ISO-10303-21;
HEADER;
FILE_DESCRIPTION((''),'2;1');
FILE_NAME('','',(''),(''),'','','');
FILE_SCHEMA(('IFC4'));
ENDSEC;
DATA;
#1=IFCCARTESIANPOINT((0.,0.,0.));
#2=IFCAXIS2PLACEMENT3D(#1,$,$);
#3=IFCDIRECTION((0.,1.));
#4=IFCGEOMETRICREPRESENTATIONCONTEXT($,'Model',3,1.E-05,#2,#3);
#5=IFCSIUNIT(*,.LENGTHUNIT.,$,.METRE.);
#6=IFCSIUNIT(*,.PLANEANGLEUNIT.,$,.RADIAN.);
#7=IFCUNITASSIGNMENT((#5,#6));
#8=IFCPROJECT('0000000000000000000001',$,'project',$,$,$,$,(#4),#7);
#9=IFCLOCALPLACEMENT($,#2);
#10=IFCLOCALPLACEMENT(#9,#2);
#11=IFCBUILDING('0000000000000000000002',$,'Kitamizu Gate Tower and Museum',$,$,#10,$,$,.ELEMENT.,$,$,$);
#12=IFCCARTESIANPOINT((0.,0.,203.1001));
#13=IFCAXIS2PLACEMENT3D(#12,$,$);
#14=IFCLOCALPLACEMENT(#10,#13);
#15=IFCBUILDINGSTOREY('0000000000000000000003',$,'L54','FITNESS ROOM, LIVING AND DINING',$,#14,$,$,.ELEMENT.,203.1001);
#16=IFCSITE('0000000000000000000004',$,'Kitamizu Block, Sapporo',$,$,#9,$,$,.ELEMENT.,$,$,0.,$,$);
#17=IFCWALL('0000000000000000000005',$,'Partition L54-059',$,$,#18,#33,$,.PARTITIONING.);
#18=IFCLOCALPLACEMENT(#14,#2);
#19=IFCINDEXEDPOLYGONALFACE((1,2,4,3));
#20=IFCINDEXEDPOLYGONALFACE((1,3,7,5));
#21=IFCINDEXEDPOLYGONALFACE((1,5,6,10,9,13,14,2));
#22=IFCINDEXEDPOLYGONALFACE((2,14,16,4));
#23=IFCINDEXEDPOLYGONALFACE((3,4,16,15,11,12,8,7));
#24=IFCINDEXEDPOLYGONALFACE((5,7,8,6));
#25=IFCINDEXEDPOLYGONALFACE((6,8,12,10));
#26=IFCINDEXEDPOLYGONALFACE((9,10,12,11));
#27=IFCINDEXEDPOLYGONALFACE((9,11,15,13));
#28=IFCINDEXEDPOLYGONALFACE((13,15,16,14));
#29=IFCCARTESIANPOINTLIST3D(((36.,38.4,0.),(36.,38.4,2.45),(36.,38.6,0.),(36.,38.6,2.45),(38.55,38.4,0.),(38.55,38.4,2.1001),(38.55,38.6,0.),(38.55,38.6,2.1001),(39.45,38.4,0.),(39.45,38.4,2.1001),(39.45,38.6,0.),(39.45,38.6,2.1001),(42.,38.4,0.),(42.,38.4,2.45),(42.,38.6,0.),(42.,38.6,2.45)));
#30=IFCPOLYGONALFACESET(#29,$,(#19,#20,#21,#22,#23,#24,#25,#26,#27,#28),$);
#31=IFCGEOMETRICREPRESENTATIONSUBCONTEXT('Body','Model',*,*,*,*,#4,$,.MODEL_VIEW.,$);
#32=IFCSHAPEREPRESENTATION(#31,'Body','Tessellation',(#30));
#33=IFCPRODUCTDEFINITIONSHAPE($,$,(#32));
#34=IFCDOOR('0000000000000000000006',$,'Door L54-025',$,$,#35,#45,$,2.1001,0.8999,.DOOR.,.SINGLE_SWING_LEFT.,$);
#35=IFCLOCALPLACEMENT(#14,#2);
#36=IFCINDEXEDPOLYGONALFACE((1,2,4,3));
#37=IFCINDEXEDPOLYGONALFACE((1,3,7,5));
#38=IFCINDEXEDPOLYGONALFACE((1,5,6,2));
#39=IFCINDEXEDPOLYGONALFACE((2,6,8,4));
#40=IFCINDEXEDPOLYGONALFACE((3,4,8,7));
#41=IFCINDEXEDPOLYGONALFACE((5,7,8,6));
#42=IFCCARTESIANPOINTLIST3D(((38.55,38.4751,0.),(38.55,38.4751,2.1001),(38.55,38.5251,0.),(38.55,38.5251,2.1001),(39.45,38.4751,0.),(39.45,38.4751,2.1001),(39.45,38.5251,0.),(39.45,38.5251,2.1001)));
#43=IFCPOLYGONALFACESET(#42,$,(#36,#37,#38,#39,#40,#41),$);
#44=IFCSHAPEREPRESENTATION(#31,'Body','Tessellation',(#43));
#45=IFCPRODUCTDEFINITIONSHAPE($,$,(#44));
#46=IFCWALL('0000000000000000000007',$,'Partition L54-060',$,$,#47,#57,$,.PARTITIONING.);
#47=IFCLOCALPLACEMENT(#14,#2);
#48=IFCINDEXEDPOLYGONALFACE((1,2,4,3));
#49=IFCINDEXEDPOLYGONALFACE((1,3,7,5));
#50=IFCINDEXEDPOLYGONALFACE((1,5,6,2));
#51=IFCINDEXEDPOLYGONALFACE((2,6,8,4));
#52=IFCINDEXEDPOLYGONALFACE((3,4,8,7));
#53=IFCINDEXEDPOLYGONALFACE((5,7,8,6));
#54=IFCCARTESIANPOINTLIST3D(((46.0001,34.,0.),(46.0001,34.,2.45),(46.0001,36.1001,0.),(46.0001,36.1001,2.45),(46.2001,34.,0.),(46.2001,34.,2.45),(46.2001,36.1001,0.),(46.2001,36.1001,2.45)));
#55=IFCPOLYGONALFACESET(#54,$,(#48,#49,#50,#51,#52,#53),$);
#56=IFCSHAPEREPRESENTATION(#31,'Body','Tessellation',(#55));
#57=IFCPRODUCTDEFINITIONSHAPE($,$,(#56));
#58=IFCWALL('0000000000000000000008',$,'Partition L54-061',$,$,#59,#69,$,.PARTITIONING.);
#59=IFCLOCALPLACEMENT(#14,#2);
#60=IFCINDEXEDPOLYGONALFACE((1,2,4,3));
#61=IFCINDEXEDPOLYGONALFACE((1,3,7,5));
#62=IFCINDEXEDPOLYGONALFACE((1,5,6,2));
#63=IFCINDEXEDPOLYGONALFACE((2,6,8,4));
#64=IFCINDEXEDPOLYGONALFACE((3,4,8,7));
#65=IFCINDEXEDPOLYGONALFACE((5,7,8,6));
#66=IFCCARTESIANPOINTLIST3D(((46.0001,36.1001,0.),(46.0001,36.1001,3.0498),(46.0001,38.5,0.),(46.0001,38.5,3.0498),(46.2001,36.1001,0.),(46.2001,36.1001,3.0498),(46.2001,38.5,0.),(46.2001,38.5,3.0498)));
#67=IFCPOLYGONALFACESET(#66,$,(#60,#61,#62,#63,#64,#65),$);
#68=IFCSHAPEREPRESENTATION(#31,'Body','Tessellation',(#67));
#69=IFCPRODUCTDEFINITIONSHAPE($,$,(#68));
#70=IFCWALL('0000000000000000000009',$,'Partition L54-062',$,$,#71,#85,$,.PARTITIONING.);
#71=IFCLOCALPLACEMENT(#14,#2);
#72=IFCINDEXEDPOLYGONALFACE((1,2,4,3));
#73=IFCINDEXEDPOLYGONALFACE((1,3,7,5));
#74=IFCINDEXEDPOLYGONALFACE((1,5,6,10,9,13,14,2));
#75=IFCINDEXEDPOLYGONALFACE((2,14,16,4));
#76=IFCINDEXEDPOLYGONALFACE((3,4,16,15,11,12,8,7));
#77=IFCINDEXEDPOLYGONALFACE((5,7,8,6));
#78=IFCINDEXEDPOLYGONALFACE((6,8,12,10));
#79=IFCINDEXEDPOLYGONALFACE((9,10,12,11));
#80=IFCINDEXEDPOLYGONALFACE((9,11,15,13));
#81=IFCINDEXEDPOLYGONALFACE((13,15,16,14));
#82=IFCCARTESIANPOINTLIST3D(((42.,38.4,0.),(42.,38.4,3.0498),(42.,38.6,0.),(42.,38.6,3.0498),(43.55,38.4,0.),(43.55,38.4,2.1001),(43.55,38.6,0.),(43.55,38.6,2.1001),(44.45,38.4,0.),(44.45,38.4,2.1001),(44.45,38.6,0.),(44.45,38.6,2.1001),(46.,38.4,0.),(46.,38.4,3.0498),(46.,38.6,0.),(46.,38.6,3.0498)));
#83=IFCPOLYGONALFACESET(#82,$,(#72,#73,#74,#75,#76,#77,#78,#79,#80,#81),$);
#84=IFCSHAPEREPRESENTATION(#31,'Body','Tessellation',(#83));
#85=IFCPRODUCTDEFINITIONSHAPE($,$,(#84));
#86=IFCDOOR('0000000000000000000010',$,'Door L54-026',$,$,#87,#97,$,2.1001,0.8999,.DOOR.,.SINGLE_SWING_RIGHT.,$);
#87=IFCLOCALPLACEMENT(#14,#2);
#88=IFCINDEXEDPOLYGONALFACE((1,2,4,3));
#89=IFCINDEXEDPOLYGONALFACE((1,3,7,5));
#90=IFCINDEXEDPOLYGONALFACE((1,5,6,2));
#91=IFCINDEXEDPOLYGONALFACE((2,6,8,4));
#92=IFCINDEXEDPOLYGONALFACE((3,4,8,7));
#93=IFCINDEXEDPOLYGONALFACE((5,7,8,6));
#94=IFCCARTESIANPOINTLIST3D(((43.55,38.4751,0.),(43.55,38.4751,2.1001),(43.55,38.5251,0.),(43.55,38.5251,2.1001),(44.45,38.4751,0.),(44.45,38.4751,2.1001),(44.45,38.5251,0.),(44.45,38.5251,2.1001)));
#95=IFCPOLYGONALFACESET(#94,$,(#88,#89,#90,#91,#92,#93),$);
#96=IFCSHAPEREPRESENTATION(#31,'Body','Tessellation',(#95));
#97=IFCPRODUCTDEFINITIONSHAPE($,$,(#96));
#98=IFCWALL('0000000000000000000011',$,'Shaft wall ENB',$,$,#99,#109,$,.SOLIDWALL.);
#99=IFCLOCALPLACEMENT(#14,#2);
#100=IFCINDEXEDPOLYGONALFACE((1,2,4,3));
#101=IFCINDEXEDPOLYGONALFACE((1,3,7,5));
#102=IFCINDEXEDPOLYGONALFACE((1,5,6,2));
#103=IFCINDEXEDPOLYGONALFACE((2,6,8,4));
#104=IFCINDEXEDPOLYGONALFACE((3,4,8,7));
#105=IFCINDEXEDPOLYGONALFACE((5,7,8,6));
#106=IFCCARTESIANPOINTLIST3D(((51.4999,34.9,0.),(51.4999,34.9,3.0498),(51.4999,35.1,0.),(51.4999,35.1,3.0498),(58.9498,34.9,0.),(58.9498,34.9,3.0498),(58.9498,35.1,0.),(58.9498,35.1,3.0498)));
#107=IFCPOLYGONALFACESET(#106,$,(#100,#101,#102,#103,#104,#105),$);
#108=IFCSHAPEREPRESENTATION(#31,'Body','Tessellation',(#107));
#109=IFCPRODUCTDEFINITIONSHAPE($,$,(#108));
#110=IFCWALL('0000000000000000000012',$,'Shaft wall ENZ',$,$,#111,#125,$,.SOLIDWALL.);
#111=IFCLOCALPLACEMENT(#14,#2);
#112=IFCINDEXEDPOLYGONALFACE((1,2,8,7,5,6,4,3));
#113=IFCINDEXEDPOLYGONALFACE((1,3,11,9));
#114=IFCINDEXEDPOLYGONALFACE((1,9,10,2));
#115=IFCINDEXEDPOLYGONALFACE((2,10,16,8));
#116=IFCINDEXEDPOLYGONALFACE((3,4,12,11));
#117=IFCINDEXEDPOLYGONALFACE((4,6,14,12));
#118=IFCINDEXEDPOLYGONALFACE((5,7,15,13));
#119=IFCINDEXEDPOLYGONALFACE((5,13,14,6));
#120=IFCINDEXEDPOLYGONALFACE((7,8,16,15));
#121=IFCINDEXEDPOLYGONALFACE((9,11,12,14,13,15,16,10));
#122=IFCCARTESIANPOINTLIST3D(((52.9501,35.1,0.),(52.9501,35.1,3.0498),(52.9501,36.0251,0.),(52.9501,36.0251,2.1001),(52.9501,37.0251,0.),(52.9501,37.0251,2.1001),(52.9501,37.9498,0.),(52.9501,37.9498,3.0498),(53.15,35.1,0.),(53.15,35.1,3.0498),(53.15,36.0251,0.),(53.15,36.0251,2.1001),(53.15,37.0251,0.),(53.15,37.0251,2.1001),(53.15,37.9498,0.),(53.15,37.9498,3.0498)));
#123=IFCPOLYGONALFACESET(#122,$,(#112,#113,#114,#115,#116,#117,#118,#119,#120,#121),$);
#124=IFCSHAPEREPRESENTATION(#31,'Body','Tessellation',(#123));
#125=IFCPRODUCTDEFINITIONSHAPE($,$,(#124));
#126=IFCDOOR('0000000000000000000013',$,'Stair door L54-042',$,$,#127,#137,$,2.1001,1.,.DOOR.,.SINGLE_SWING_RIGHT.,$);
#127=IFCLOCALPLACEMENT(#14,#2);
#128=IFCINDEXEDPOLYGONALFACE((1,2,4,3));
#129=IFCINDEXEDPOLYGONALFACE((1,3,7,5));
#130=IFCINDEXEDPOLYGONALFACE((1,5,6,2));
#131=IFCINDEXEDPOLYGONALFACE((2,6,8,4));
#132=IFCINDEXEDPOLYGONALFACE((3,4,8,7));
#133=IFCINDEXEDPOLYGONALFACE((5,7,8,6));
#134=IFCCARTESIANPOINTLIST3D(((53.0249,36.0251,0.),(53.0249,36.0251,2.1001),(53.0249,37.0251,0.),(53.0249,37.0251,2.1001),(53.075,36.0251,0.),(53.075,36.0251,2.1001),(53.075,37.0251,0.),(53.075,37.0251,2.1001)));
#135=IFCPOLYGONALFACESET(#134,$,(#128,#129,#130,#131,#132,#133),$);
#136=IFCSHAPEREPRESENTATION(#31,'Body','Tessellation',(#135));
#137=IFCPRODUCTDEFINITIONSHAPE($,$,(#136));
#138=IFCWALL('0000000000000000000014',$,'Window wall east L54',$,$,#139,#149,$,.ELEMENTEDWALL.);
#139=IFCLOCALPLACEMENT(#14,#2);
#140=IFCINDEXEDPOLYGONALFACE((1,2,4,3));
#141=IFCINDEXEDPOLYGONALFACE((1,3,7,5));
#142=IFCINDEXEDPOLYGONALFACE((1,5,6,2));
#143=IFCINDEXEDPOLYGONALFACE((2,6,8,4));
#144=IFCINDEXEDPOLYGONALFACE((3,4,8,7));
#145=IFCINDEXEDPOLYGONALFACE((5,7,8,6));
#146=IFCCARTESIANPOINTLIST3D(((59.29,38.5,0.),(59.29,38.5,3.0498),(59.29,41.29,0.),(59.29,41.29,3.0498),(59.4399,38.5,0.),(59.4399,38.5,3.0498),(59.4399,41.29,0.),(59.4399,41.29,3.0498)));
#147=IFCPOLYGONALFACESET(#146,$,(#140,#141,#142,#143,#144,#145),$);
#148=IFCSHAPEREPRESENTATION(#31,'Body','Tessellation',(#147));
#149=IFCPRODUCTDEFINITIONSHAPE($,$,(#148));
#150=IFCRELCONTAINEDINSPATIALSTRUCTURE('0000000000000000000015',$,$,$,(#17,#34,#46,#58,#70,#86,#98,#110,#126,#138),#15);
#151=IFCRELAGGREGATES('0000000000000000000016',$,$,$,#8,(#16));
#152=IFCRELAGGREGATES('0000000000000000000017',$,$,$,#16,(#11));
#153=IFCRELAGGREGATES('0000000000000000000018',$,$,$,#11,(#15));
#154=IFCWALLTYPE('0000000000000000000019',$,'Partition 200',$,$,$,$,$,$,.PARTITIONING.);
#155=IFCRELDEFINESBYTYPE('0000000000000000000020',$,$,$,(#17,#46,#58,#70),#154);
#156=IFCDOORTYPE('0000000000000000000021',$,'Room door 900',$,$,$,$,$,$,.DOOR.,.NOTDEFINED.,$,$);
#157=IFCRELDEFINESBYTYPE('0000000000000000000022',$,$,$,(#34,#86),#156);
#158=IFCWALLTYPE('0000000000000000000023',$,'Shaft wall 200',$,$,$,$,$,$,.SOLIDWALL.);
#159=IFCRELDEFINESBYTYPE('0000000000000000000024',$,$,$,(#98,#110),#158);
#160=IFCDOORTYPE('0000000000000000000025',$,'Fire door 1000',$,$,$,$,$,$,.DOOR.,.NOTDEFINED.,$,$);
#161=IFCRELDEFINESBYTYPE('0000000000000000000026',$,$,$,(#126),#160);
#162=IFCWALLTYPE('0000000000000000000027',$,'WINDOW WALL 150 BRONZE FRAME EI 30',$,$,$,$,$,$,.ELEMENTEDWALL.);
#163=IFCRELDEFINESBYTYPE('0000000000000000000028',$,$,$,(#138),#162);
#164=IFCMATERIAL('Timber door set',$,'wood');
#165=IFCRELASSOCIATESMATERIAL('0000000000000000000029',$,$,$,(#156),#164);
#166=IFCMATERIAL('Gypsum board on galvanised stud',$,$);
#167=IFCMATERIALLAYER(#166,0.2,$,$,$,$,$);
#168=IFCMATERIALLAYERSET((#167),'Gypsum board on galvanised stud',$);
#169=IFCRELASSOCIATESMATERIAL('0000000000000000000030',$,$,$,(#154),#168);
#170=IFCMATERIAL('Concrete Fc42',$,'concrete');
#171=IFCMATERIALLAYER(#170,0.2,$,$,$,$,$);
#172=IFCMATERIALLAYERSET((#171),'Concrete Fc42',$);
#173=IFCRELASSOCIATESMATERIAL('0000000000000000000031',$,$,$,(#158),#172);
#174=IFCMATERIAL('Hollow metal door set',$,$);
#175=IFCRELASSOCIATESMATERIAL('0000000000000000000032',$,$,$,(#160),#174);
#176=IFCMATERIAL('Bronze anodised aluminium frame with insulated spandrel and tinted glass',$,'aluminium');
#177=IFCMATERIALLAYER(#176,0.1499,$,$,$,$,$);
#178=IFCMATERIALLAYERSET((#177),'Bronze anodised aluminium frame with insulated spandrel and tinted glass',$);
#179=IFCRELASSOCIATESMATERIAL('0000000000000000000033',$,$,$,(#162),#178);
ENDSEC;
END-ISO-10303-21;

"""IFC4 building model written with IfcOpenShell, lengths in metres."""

from ifc_helpers import new_model, si_unit, direction, frame, frame_2d, origin, place, context, subcontext, project, spatial, rectangle, extrude, material, layer, layer_set, type_object, element, fill, save


model = new_model("IFC4")

# Units and contexts
model_context = context("Model", 3, precision=1e-05, world=origin(), true_north=direction((0.0, 1.0)))
body_context = subcontext(model_context, "Body", "Model", "MODEL_VIEW")
ifc_project = project(units=[si_unit("LENGTHUNIT", "METRE"), si_unit("PLANEANGLEUNIT", "RADIAN")], contexts=[model_context])

# Site, building, storey
site_placement = place(None, origin())
site = spatial("IfcSite", under=ifc_project, at=site_placement, Name="Kitamizu Block, Sapporo", CompositionType="ELEMENT", RefElevation=0.0)
building_placement = place(site_placement, origin())
building = spatial("IfcBuilding", under=site, at=building_placement, Name="Kitamizu Gate Tower and Museum", CompositionType="ELEMENT")
storey_placement = place(building_placement, frame((0.0, 0.0, 203.1001)))
storey = spatial("IfcBuildingStorey", under=building, at=storey_placement, Name="L54", Description="FITNESS ROOM, LIVING AND DINING", CompositionType="ELEMENT", Elevation=203.1001)

# Shared definitions
ifc_material_1 = material(Name="Timber door set", Category="wood")
door_type_1 = type_object("IfcDoorType", Name="Room door 900", OperationType="NOTDEFINED", PredefinedType="DOOR", material=ifc_material_1)

# Shared definitions
ifc_material_2 = material(Name="Gypsum board on galvanised stud")
ifc_layer_1 = layer(ifc_material_2, 0.2)
ifc_layer_set_1 = layer_set([ifc_layer_1], Name="Gypsum board on galvanised stud")
wall_type_1 = type_object("IfcWallType", Name="Partition 200", PredefinedType="PARTITIONING", material=ifc_layer_set_1)

# Wall, opening, door
wall_1_placement = place(storey_placement, frame((42.0, 38.5, 0.0), z_axis=(0.0, 0.0, 1.0), x_axis=(-1.0, 0.0, 0.0)))
wall_1 = element("IfcWall", 1, at=wall_1_placement, inside=storey, type_object=wall_type_1, Name="Partition L54-059", PredefinedType="PARTITIONING", context=body_context, shape_type="SweptSolid", body=[
    extrude(rectangle(XDim=6.0, YDim=0.2, at=frame_2d((3.0, 0.0))), origin(), (0.0, 0.0, 1.0), 2.45),
])
opening_1_placement = place(wall_1_placement, frame((2.55, 0.0, 0.0)))
opening_1 = element("IfcOpeningElement", 2, at=opening_1_placement, cuts=wall_1, PredefinedType="OPENING", context=body_context, shape_type="SweptSolid", body=[
    extrude(rectangle(XDim=0.8999, YDim=2.1001, at=frame_2d((0.45, 1.05))), frame((0.0, 0.1099, 0.0), z_axis=(0.0, -1.0, 0.0), x_axis=(1.0, 0.0, 0.0)), (0.0, 0.0, 1.0), 0.22),
])
door_1_placement = place(opening_1_placement, origin())
door_1 = element("IfcDoor", 3, at=door_1_placement, inside=storey, type_object=door_type_1, Name="Door L54-025", OperationType="SINGLE_SWING_LEFT", OverallHeight=2.1001, OverallWidth=0.8999, PredefinedType="DOOR", context=body_context, shape_type="SweptSolid", body=[
    extrude(rectangle(XDim=0.8999, YDim=2.1001, at=frame_2d((0.45, 1.05))), frame((0.0, 0.0249, 0.0), z_axis=(0.0, -1.0, 0.0), x_axis=(1.0, 0.0, 0.0)), (0.0, 0.0, 1.0), 0.05),
])
fill(opening_1, door_1)

# Walls
wall_2_placement = place(storey_placement, frame((46.1001, 34.0, 0.0), z_axis=(0.0, 0.0, 1.0), x_axis=(0.0, 1.0, 0.0)))
element("IfcWall", 4, at=wall_2_placement, inside=storey, type_object=wall_type_1, Name="Partition L54-060", PredefinedType="PARTITIONING", context=body_context, shape_type="SweptSolid", body=[
    extrude(rectangle(XDim=2.1001, YDim=0.2, at=frame_2d((1.05, 0.0))), origin(), (0.0, 0.0, 1.0), 2.45),
])
wall_3_placement = place(storey_placement, frame((46.1001, 36.1001, 0.0), z_axis=(0.0, 0.0, 1.0), x_axis=(0.0, 1.0, 0.0)))
element("IfcWall", 5, at=wall_3_placement, inside=storey, type_object=wall_type_1, Name="Partition L54-061", PredefinedType="PARTITIONING", context=body_context, shape_type="SweptSolid", body=[
    extrude(rectangle(XDim=2.3999, YDim=0.2, at=frame_2d((1.2, 0.0))), origin(), (0.0, 0.0, 1.0), 3.0498),
])

# Wall, opening, door
wall_4_placement = place(storey_placement, frame((46.0, 38.5, 0.0), z_axis=(0.0, 0.0, 1.0), x_axis=(-1.0, 0.0, 0.0)))
wall_4 = element("IfcWall", 6, at=wall_4_placement, inside=storey, type_object=wall_type_1, Name="Partition L54-062", PredefinedType="PARTITIONING", context=body_context, shape_type="SweptSolid", body=[
    extrude(rectangle(XDim=4.0, YDim=0.2, at=frame_2d((2.0, 0.0))), origin(), (0.0, 0.0, 1.0), 3.0498),
])
opening_2_placement = place(wall_4_placement, frame((1.55, 0.0, 0.0)))
opening_2 = element("IfcOpeningElement", 7, at=opening_2_placement, cuts=wall_4, PredefinedType="OPENING", context=body_context, shape_type="SweptSolid", body=[
    extrude(rectangle(XDim=0.8999, YDim=2.1001, at=frame_2d((0.45, 1.05))), frame((0.0, 0.1099, 0.0), z_axis=(0.0, -1.0, 0.0), x_axis=(1.0, 0.0, 0.0)), (0.0, 0.0, 1.0), 0.22),
])
door_2_placement = place(opening_2_placement, origin())
door_2 = element("IfcDoor", 8, at=door_2_placement, inside=storey, type_object=door_type_1, Name="Door L54-026", OperationType="SINGLE_SWING_RIGHT", OverallHeight=2.1001, OverallWidth=0.8999, PredefinedType="DOOR", context=body_context, shape_type="SweptSolid", body=[
    extrude(rectangle(XDim=0.8999, YDim=2.1001, at=frame_2d((0.45, 1.05))), frame((0.0, 0.0249, 0.0), z_axis=(0.0, -1.0, 0.0), x_axis=(1.0, 0.0, 0.0)), (0.0, 0.0, 1.0), 0.05),
])
fill(opening_2, door_2)

# Wall
ifc_material_3 = material(Name="Concrete Fc42", Category="concrete")
ifc_layer_2 = layer(ifc_material_3, 0.2)
ifc_layer_set_2 = layer_set([ifc_layer_2], Name="Concrete Fc42")
wall_type_2 = type_object("IfcWallType", Name="Shaft wall 200", PredefinedType="SOLIDWALL", material=ifc_layer_set_2)
wall_5_placement = place(storey_placement, frame((58.95, 35.0, 0.0), z_axis=(0.0, 0.0, 1.0), x_axis=(-1.0, 0.0, 0.0)))
element("IfcWall", 9, at=wall_5_placement, inside=storey, type_object=wall_type_2, Name="Shaft wall ENB", PredefinedType="SOLIDWALL", context=body_context, shape_type="SweptSolid", body=[
    extrude(rectangle(XDim=7.45, YDim=0.2, at=frame_2d((3.7251, 0.0))), origin(), (0.0, 0.0, 1.0), 3.0498),
])

# Wall, opening, door
wall_6_placement = place(storey_placement, frame((53.05, 35.1001, 0.0), z_axis=(0.0, 0.0, 1.0), x_axis=(0.0, 1.0, 0.0)))
wall_6 = element("IfcWall", 10, at=wall_6_placement, inside=storey, type_object=wall_type_2, Name="Shaft wall ENZ", PredefinedType="SOLIDWALL", context=body_context, shape_type="SweptSolid", body=[
    extrude(rectangle(XDim=2.8499, YDim=0.2, at=frame_2d((1.4248, 0.0))), origin(), (0.0, 0.0, 1.0), 3.0498),
])
opening_3_placement = place(wall_6_placement, frame((0.925, 0.0, 0.0)))
opening_3 = element("IfcOpeningElement", 11, at=opening_3_placement, cuts=wall_6, PredefinedType="OPENING", context=body_context, shape_type="SweptSolid", body=[
    extrude(rectangle(XDim=1.0, YDim=2.1001, at=frame_2d((0.5, 1.05))), frame((0.0, 0.1099, 0.0), z_axis=(0.0, -1.0, 0.0), x_axis=(1.0, 0.0, 0.0)), (0.0, 0.0, 1.0), 0.22),
])
ifc_material_4 = material(Name="Hollow metal door set")
door_type_2 = type_object("IfcDoorType", Name="Fire door 1000", OperationType="NOTDEFINED", PredefinedType="DOOR", material=ifc_material_4)
door_3_placement = place(opening_3_placement, frame((1.0, 0.0, 0.0), x_axis=(-1.0, 0.0, 0.0)))
door_3 = element("IfcDoor", 12, at=door_3_placement, inside=storey, type_object=door_type_2, Name="Stair door L54-042", OperationType="SINGLE_SWING_RIGHT", OverallHeight=2.1001, OverallWidth=1.0, PredefinedType="DOOR", context=body_context, shape_type="SweptSolid", body=[
    extrude(rectangle(XDim=1.0, YDim=2.1001, at=frame_2d((0.5, 1.05))), frame((0.0, 0.0249, 0.0), z_axis=(0.0, -1.0, 0.0), x_axis=(1.0, 0.0, 0.0)), (0.0, 0.0, 1.0), 0.05),
])
fill(opening_3, door_3)

# Wall
ifc_material_5 = material(Name="Bronze anodised aluminium frame with insulated spandrel and tinted glass", Category="aluminium")
ifc_layer_3 = layer(ifc_material_5, 0.1499)
ifc_layer_set_3 = layer_set([ifc_layer_3], Name="Bronze anodised aluminium frame with insulated spandrel and tinted glass")
wall_type_3 = type_object("IfcWallType", Name="WINDOW WALL 150 BRONZE FRAME EI 30", PredefinedType="ELEMENTEDWALL", material=ifc_layer_set_3)
wall_7_placement = place(storey_placement, frame((59.365, 38.5, 0.0), z_axis=(0.0, 0.0, 1.0), x_axis=(0.0, 1.0, 0.0)))
element("IfcWall", 13, at=wall_7_placement, inside=storey, type_object=wall_type_3, Name="Window wall east L54", PredefinedType="ELEMENTEDWALL", context=body_context, shape_type="SweptSolid", body=[
    extrude(rectangle(XDim=2.79, YDim=0.1499, at=frame_2d((1.395, 0.0))), origin(), (0.0, 0.0, 1.0), 3.0498),
])

save(model, "model.ifc")
